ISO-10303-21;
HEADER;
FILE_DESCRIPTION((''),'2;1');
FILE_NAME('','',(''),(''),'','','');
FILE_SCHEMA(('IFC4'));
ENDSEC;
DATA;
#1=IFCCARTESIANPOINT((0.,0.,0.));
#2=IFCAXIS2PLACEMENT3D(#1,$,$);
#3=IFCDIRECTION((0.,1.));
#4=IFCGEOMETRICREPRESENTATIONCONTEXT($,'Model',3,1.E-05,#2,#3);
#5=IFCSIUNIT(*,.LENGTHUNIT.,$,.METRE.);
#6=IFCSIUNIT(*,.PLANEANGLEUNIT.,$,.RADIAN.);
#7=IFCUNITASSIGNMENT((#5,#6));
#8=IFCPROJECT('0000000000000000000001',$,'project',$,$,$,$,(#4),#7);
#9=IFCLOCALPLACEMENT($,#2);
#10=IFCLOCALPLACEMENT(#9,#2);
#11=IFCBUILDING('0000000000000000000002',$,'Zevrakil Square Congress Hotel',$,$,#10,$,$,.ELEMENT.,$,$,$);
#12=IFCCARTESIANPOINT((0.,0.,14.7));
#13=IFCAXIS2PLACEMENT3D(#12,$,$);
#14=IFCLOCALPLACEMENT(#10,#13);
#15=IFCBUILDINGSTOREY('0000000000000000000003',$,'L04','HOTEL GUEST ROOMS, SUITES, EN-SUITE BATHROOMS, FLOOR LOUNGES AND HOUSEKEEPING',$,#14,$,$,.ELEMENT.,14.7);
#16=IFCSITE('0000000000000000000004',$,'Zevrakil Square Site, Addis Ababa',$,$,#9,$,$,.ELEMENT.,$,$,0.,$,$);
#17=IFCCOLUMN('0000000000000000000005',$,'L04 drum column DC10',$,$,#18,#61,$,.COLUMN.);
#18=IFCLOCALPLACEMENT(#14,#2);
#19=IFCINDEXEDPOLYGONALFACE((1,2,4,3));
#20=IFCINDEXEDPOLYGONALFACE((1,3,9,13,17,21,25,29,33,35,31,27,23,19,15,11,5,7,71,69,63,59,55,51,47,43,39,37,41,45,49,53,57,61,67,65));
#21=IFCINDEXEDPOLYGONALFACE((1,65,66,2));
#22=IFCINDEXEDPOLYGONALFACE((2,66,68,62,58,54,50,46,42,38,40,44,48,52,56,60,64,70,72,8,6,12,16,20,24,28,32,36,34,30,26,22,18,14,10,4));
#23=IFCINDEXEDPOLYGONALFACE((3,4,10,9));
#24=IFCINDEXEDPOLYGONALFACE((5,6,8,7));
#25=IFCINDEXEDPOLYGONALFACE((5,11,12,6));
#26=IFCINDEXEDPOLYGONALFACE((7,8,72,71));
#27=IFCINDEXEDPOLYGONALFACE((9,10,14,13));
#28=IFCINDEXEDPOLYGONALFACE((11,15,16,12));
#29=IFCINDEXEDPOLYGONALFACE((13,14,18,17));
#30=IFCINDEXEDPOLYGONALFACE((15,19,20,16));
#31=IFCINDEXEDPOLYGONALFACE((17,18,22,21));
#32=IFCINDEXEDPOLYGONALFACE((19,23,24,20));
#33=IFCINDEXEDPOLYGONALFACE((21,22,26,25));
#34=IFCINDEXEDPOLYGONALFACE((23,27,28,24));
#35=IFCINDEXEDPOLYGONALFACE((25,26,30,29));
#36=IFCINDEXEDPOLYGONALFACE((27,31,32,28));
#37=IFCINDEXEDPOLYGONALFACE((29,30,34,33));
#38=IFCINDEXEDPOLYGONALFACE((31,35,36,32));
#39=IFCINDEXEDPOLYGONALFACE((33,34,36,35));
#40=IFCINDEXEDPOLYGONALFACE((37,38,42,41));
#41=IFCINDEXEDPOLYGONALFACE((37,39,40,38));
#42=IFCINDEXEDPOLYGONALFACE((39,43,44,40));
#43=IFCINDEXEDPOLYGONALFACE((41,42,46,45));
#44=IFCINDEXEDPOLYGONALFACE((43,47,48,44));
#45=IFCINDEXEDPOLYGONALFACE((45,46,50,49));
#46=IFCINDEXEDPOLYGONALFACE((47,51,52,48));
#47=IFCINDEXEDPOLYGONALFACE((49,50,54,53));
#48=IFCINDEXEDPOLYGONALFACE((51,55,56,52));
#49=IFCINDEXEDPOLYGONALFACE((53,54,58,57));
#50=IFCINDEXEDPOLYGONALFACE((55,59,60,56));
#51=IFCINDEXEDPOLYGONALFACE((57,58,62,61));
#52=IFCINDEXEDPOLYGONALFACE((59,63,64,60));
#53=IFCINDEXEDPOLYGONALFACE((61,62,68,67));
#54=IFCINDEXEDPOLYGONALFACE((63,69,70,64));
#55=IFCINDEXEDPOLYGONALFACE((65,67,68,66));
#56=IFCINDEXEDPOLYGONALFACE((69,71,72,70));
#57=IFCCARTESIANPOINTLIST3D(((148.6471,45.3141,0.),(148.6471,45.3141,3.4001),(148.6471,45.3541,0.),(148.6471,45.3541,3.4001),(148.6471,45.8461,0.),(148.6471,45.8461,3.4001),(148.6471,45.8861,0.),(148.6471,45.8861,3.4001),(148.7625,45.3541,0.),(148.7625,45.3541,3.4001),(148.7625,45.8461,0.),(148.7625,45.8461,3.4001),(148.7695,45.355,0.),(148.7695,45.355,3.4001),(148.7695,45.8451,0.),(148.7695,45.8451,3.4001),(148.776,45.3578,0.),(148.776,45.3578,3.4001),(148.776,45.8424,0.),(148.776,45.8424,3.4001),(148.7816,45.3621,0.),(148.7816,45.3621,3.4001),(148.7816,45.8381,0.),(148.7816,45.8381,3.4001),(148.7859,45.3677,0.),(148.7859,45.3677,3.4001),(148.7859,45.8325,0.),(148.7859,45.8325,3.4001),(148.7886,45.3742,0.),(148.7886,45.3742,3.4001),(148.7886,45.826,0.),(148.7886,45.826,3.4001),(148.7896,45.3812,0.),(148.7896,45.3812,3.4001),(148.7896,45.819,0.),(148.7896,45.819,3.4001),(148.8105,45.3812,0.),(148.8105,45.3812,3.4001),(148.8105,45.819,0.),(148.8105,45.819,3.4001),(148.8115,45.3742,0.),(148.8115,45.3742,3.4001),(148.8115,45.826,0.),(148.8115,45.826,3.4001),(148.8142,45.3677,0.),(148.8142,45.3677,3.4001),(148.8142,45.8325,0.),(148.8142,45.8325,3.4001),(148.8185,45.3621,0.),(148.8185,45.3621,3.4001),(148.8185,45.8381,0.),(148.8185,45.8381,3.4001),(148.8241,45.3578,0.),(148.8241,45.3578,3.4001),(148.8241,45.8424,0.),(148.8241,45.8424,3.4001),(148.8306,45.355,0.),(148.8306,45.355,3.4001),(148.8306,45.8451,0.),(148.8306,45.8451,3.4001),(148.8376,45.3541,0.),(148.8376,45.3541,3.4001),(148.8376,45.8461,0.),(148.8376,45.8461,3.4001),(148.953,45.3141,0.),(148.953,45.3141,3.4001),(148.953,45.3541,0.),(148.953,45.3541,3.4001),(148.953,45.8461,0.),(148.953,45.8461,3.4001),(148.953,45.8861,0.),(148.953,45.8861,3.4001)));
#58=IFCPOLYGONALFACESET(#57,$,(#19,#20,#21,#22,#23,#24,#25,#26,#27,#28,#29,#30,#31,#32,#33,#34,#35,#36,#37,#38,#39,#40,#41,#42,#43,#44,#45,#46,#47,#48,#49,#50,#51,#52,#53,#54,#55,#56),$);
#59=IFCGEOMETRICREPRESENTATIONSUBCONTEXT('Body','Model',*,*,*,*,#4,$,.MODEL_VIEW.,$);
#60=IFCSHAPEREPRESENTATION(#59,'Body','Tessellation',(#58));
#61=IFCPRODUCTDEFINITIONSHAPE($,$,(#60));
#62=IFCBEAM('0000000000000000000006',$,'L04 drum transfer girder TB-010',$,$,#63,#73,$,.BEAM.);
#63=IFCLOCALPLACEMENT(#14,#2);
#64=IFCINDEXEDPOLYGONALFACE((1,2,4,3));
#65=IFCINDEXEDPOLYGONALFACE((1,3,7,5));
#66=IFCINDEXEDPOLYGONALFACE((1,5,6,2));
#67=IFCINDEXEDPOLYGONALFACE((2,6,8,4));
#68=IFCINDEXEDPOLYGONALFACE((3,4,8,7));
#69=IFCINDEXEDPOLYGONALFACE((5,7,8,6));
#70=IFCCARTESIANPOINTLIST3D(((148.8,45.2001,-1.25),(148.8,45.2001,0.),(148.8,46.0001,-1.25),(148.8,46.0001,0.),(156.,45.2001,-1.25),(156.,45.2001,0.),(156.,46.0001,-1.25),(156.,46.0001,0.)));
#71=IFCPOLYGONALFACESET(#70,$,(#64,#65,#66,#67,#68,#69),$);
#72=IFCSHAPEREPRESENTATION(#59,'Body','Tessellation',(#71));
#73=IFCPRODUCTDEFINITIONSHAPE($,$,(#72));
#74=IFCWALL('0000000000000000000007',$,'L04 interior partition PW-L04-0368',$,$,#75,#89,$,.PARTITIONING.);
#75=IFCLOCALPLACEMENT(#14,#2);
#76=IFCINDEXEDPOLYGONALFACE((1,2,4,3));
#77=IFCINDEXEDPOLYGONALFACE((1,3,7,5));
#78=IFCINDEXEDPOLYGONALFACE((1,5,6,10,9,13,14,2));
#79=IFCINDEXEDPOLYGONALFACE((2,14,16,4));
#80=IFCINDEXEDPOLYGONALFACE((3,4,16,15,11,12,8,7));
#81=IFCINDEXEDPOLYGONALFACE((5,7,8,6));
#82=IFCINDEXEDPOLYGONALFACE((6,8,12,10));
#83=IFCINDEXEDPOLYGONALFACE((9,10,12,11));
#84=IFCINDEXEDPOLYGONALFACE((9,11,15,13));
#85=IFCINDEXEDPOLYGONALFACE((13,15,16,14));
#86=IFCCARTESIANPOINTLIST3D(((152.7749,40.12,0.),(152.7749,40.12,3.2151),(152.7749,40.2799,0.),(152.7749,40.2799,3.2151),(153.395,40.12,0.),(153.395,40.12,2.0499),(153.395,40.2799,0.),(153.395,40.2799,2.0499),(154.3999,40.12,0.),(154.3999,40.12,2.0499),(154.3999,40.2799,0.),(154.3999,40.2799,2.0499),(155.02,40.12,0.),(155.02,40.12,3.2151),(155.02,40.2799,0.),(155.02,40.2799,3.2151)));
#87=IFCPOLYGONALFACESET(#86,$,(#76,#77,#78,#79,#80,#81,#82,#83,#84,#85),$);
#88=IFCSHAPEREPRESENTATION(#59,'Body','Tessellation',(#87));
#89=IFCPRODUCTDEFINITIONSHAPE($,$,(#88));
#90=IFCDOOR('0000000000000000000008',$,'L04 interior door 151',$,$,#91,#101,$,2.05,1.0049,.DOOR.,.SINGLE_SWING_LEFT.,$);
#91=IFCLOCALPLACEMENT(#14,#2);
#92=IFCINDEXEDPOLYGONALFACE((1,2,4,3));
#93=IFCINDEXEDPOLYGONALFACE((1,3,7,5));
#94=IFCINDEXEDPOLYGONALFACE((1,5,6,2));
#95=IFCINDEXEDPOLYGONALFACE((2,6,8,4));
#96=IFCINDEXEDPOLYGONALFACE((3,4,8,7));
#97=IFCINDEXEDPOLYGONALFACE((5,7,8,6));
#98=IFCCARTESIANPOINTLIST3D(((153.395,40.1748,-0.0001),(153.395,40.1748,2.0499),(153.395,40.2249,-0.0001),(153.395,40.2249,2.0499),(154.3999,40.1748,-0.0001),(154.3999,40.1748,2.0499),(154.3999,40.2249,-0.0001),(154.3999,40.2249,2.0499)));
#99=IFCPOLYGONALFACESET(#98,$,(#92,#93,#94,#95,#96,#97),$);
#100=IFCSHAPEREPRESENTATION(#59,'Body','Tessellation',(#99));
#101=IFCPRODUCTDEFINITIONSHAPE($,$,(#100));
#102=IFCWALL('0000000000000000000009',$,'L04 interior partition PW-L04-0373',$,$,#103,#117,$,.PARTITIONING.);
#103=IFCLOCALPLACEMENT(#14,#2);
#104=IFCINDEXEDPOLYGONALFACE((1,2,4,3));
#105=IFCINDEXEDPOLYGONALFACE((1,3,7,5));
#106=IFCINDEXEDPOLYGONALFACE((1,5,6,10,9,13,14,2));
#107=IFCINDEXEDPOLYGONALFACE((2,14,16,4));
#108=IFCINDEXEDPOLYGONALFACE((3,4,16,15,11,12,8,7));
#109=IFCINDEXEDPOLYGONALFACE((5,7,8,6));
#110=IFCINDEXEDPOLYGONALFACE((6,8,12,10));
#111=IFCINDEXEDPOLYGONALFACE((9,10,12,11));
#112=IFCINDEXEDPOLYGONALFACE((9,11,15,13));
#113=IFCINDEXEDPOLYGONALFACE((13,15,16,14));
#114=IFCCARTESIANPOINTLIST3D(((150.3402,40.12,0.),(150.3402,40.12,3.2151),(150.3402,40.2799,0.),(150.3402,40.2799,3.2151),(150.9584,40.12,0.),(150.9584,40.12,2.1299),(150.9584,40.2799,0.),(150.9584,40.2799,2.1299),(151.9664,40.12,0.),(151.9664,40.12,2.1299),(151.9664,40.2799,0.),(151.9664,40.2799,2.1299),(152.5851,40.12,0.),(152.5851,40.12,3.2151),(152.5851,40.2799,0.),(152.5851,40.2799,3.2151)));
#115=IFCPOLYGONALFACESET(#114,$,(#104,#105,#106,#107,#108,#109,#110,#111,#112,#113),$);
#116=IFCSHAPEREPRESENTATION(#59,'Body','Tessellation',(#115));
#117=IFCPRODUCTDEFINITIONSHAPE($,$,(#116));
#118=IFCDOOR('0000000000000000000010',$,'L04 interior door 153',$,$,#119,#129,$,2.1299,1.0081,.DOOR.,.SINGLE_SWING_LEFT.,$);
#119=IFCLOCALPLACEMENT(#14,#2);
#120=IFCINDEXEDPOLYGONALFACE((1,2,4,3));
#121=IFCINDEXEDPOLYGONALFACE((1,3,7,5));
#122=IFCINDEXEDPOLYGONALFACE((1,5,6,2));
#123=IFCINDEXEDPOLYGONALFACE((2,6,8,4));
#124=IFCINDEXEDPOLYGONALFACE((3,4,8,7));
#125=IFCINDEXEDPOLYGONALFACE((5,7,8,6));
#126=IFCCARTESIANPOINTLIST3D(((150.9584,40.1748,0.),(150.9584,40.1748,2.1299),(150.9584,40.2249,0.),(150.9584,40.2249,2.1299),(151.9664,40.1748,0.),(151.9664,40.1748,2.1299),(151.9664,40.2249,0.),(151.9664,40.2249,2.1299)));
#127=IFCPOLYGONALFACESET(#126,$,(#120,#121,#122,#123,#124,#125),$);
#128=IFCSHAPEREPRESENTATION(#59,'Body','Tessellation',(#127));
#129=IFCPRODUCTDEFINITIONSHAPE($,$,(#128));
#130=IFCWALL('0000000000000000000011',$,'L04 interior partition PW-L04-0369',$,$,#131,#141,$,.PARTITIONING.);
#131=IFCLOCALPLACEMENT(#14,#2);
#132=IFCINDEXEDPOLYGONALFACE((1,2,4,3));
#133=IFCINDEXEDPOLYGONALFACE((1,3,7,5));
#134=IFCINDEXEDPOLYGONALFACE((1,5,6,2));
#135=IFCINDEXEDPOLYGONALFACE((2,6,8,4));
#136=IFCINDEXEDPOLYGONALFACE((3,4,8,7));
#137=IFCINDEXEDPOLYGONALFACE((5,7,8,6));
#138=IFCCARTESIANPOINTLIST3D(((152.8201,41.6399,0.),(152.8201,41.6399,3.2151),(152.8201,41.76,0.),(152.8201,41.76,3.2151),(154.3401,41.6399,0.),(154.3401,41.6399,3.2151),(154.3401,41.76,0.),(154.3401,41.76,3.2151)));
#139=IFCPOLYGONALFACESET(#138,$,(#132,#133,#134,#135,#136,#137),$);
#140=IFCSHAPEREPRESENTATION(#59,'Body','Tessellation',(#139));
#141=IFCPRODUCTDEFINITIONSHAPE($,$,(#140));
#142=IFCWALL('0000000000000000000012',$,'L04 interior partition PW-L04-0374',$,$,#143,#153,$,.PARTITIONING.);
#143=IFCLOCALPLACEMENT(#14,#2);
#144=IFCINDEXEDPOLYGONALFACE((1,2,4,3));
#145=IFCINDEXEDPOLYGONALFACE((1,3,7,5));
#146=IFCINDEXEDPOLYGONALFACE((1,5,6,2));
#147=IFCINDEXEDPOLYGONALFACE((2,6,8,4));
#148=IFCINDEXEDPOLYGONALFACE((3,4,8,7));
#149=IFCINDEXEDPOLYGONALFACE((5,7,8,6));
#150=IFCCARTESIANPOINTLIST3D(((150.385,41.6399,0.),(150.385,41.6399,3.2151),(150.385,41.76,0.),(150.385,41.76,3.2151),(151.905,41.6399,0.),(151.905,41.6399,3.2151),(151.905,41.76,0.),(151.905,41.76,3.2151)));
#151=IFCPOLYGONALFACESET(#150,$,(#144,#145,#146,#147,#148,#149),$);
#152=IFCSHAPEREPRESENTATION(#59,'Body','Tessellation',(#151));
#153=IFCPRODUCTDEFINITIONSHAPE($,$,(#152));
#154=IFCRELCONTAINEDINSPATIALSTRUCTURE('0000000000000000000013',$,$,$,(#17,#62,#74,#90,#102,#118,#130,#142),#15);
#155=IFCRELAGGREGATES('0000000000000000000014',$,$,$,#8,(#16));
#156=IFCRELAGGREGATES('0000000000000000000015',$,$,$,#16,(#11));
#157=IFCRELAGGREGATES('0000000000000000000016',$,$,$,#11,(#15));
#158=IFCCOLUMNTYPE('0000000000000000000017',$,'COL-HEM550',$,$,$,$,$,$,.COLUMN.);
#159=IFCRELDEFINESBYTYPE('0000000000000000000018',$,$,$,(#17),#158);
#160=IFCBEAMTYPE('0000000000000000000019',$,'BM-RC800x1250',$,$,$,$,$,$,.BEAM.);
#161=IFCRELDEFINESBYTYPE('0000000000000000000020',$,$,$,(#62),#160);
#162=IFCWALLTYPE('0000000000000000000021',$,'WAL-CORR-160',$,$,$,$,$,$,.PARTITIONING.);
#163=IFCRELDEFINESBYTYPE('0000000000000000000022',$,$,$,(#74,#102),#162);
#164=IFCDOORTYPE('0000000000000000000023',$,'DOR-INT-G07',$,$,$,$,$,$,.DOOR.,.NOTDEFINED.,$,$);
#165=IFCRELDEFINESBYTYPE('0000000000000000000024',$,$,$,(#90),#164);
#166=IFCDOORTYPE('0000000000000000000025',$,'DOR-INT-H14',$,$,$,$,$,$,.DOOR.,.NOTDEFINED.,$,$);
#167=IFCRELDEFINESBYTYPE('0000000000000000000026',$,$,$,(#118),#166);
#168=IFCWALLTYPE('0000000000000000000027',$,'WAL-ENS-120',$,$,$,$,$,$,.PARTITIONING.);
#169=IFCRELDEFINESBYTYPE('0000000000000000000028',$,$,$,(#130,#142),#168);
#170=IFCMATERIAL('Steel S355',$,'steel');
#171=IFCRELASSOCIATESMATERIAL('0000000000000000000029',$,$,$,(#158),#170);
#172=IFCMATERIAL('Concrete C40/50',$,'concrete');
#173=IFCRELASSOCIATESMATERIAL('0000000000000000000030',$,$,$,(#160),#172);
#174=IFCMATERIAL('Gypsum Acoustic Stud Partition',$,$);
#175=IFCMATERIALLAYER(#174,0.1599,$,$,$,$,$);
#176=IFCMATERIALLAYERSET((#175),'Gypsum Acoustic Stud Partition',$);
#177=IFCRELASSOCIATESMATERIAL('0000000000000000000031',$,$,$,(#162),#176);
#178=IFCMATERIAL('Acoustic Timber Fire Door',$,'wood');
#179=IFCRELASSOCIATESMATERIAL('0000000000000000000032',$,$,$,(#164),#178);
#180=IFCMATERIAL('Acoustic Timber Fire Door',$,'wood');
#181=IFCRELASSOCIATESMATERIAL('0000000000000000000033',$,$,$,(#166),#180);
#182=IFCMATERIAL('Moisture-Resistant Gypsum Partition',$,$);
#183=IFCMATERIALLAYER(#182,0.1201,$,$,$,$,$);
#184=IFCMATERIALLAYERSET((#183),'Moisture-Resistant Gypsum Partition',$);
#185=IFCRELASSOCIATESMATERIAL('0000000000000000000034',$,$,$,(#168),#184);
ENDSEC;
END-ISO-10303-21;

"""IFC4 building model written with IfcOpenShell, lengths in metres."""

from ifc_helpers import new_model, si_unit, direction, frame, frame_2d, origin, origin_2d, place, context, subcontext, project, spatial, rectangle, i_section, extrude, material, layer, layer_set, material_profile, profile_set, type_object, element, fill, save


model = new_model("IFC4")

# Units and contexts
model_context = context("Model", 3, precision=1e-05, world=origin(), true_north=direction((0.0, 1.0)))
body_context = subcontext(model_context, "Body", "Model", "MODEL_VIEW")
ifc_project = project(units=[si_unit("LENGTHUNIT", "METRE"), si_unit("PLANEANGLEUNIT", "RADIAN")], contexts=[model_context])

# Site, building, storey
site_placement = place(None, origin())
site = spatial("IfcSite", under=ifc_project, at=site_placement, Name="Zevrakil Square Site, Addis Ababa", CompositionType="ELEMENT", RefElevation=0.0)
building_placement = place(site_placement, origin())
building = spatial("IfcBuilding", under=site, at=building_placement, Name="Zevrakil Square Congress Hotel", CompositionType="ELEMENT")
storey_placement = place(building_placement, frame((0.0, 0.0, 14.7)))
storey = spatial("IfcBuildingStorey", under=building, at=storey_placement, Name="L04", Description="HOTEL GUEST ROOMS, SUITES, EN-SUITE BATHROOMS, FLOOR LOUNGES AND HOUSEKEEPING", CompositionType="ELEMENT", Elevation=14.7)

# Column
ifc_material_1 = material(Name="Steel S355", Category="steel")
ifc_material_profile_1 = material_profile(ifc_material_1, i_section(OverallWidth=0.3059, OverallDepth=0.572, WebThickness=0.021, FlangeThickness=0.04, FilletRadius=0.0271, at=origin_2d()), Name="HEM 550")
ifc_profile_set_1 = profile_set([ifc_material_profile_1], Name="Steel S355")
column_type = type_object("IfcColumnType", Name="COL-HEM550", PredefinedType="COLUMN", material=ifc_profile_set_1)
column_placement = place(storey_placement, frame((148.8, 45.6001, 0.0), z_axis=(0.0, 0.0, 1.0), x_axis=(1.0, 0.0, 0.0)))
element("IfcColumn", 1, at=column_placement, inside=storey, type_object=column_type, Name="L04 drum column DC10", PredefinedType="COLUMN", context=body_context, shape_type="SweptSolid", body=[
    extrude(i_section(OverallWidth=0.3059, OverallDepth=0.572, WebThickness=0.021, FlangeThickness=0.04, FilletRadius=0.0271, at=origin_2d()), origin(), (0.0, 0.0, 1.0), 3.4001),
])

# Beam
ifc_material_2 = material(Name="Concrete C40/50", Category="concrete")
ifc_material_profile_2 = material_profile(ifc_material_2, rectangle(XDim=0.8, YDim=1.25, at=origin_2d()), Name="RC 800x1250")
ifc_profile_set_2 = profile_set([ifc_material_profile_2], Name="Concrete C40/50")
beam_type = type_object("IfcBeamType", Name="BM-RC800x1250", PredefinedType="BEAM", material=ifc_profile_set_2)
beam_placement = place(storey_placement, frame((148.8, 45.6001, -0.625), z_axis=(1.0, 0.0, 0.0), x_axis=(0.0, 1.0, 0.0)))
element("IfcBeam", 2, at=beam_placement, inside=storey, type_object=beam_type, Name="L04 drum transfer girder TB-010", PredefinedType="BEAM", context=body_context, shape_type="SweptSolid", body=[
    extrude(rectangle(XDim=0.8, YDim=1.25, at=origin_2d()), origin(), (0.0, 0.0, 1.0), 7.2),
])

# Walls, openings, doors
ifc_material_3 = material(Name="Gypsum Acoustic Stud Partition")
ifc_layer_1 = layer(ifc_material_3, 0.1599)
ifc_layer_set_1 = layer_set([ifc_layer_1], Name="Gypsum Acoustic Stud Partition")
wall_type_1 = type_object("IfcWallType", Name="WAL-CORR-160", PredefinedType="PARTITIONING", material=ifc_layer_set_1)
wall_1_placement = place(storey_placement, frame((152.7749, 40.2, 0.0), z_axis=(0.0, 0.0, 1.0), x_axis=(1.0, 0.0, 0.0)))
wall_1 = element("IfcWall", 3, at=wall_1_placement, inside=storey, type_object=wall_type_1, Name="L04 interior partition PW-L04-0368", PredefinedType="PARTITIONING", context=body_context, shape_type="SweptSolid", body=[
    extrude(rectangle(XDim=2.2451, YDim=0.1599, at=frame_2d((1.1226, 0.0))), origin(), (0.0, 0.0, 1.0), 3.2151),
])
opening_1_placement = place(wall_1_placement, frame((0.6201, 0.0, 0.0)))
opening_1 = element("IfcOpeningElement", 4, at=opening_1_placement, cuts=wall_1, PredefinedType="OPENING", context=body_context, shape_type="SweptSolid", body=[
    extrude(rectangle(XDim=1.0049, YDim=2.05, at=frame_2d((0.5024, 1.0249))), frame((0.0, 0.0898, 0.0), z_axis=(0.0, -1.0, 0.0), x_axis=(1.0, 0.0, 0.0)), (0.0, 0.0, 1.0), 0.1799),
])
ifc_material_4 = material(Name="Acoustic Timber Fire Door", Category="wood")
door_type_1 = type_object("IfcDoorType", Name="DOR-INT-G07", OperationType="NOTDEFINED", PredefinedType="DOOR", material=ifc_material_4)
door_1_placement = place(opening_1_placement, origin())
door_1 = element("IfcDoor", 5, at=door_1_placement, inside=storey, type_object=door_type_1, Name="L04 interior door 151", OperationType="SINGLE_SWING_LEFT", OverallHeight=2.05, OverallWidth=1.0049, PredefinedType="DOOR", context=body_context, shape_type="SweptSolid", body=[
    extrude(rectangle(XDim=1.0049, YDim=2.05, at=frame_2d((0.5024, 1.0249))), frame((0.0, 0.0249, 0.0), z_axis=(0.0, -1.0, 0.0), x_axis=(1.0, 0.0, 0.0)), (0.0, 0.0, 1.0), 0.05),
])
fill(opening_1, door_1)
wall_2_placement = place(storey_placement, frame((150.3401, 40.2, 0.0), z_axis=(0.0, 0.0, 1.0), x_axis=(1.0, 0.0, 0.0)))
wall_2 = element("IfcWall", 6, at=wall_2_placement, inside=storey, type_object=wall_type_1, Name="L04 interior partition PW-L04-0373", PredefinedType="PARTITIONING", context=body_context, shape_type="SweptSolid", body=[
    extrude(rectangle(XDim=2.2449, YDim=0.1599, at=frame_2d((1.1226, 0.0))), origin(), (0.0, 0.0, 1.0), 3.2151),
])
opening_2_placement = place(wall_2_placement, frame((0.6184, 0.0, 0.0)))
opening_2 = element("IfcOpeningElement", 7, at=opening_2_placement, cuts=wall_2, PredefinedType="OPENING", context=body_context, shape_type="SweptSolid", body=[
    extrude(rectangle(XDim=1.0081, YDim=2.1299, at=frame_2d((0.5039, 1.0649))), frame((0.0, 0.0898, 0.0), z_axis=(0.0, -1.0, 0.0), x_axis=(1.0, 0.0, 0.0)), (0.0, 0.0, 1.0), 0.1799),
])
ifc_material_5 = material(Name="Acoustic Timber Fire Door", Category="wood")
door_type_2 = type_object("IfcDoorType", Name="DOR-INT-H14", OperationType="NOTDEFINED", PredefinedType="DOOR", material=ifc_material_5)
door_2_placement = place(opening_2_placement, origin())
door_2 = element("IfcDoor", 8, at=door_2_placement, inside=storey, type_object=door_type_2, Name="L04 interior door 153", OperationType="SINGLE_SWING_LEFT", OverallHeight=2.1299, OverallWidth=1.0081, PredefinedType="DOOR", context=body_context, shape_type="SweptSolid", body=[
    extrude(rectangle(XDim=1.0081, YDim=2.1299, at=frame_2d((0.5039, 1.0649))), frame((0.0, 0.0249, 0.0), z_axis=(0.0, -1.0, 0.0), x_axis=(1.0, 0.0, 0.0)), (0.0, 0.0, 1.0), 0.05),
])
fill(opening_2, door_2)

# Walls
ifc_material_6 = material(Name="Moisture-Resistant Gypsum Partition")
ifc_layer_2 = layer(ifc_material_6, 0.1201)
ifc_layer_set_2 = layer_set([ifc_layer_2], Name="Moisture-Resistant Gypsum Partition")
wall_type_2 = type_object("IfcWallType", Name="WAL-ENS-120", PredefinedType="PARTITIONING", material=ifc_layer_set_2)
for number, where, z_axis, x_axis, name in (
    (9, (152.8201, 41.7, 0.0), (0.0, 0.0, 1.0), (1.0, 0.0, 0.0), "L04 interior partition PW-L04-0369"),
    (10, (150.385, 41.7, 0.0), (0.0, 0.0, 1.0), (1.0, 0.0, 0.0), "L04 interior partition PW-L04-0374"),
):
    element("IfcWall", number, at=place(storey_placement, frame(where, z_axis=z_axis, x_axis=x_axis)), inside=storey, type_object=wall_type_2, Name=name, PredefinedType="PARTITIONING", context=body_context, shape_type="SweptSolid", body=[
        extrude(rectangle(XDim=1.52, YDim=0.1201, at=frame_2d((0.76, 0.0))), origin(), (0.0, 0.0, 1.0), 3.2151),
    ])

save(model, "model.ifc")
